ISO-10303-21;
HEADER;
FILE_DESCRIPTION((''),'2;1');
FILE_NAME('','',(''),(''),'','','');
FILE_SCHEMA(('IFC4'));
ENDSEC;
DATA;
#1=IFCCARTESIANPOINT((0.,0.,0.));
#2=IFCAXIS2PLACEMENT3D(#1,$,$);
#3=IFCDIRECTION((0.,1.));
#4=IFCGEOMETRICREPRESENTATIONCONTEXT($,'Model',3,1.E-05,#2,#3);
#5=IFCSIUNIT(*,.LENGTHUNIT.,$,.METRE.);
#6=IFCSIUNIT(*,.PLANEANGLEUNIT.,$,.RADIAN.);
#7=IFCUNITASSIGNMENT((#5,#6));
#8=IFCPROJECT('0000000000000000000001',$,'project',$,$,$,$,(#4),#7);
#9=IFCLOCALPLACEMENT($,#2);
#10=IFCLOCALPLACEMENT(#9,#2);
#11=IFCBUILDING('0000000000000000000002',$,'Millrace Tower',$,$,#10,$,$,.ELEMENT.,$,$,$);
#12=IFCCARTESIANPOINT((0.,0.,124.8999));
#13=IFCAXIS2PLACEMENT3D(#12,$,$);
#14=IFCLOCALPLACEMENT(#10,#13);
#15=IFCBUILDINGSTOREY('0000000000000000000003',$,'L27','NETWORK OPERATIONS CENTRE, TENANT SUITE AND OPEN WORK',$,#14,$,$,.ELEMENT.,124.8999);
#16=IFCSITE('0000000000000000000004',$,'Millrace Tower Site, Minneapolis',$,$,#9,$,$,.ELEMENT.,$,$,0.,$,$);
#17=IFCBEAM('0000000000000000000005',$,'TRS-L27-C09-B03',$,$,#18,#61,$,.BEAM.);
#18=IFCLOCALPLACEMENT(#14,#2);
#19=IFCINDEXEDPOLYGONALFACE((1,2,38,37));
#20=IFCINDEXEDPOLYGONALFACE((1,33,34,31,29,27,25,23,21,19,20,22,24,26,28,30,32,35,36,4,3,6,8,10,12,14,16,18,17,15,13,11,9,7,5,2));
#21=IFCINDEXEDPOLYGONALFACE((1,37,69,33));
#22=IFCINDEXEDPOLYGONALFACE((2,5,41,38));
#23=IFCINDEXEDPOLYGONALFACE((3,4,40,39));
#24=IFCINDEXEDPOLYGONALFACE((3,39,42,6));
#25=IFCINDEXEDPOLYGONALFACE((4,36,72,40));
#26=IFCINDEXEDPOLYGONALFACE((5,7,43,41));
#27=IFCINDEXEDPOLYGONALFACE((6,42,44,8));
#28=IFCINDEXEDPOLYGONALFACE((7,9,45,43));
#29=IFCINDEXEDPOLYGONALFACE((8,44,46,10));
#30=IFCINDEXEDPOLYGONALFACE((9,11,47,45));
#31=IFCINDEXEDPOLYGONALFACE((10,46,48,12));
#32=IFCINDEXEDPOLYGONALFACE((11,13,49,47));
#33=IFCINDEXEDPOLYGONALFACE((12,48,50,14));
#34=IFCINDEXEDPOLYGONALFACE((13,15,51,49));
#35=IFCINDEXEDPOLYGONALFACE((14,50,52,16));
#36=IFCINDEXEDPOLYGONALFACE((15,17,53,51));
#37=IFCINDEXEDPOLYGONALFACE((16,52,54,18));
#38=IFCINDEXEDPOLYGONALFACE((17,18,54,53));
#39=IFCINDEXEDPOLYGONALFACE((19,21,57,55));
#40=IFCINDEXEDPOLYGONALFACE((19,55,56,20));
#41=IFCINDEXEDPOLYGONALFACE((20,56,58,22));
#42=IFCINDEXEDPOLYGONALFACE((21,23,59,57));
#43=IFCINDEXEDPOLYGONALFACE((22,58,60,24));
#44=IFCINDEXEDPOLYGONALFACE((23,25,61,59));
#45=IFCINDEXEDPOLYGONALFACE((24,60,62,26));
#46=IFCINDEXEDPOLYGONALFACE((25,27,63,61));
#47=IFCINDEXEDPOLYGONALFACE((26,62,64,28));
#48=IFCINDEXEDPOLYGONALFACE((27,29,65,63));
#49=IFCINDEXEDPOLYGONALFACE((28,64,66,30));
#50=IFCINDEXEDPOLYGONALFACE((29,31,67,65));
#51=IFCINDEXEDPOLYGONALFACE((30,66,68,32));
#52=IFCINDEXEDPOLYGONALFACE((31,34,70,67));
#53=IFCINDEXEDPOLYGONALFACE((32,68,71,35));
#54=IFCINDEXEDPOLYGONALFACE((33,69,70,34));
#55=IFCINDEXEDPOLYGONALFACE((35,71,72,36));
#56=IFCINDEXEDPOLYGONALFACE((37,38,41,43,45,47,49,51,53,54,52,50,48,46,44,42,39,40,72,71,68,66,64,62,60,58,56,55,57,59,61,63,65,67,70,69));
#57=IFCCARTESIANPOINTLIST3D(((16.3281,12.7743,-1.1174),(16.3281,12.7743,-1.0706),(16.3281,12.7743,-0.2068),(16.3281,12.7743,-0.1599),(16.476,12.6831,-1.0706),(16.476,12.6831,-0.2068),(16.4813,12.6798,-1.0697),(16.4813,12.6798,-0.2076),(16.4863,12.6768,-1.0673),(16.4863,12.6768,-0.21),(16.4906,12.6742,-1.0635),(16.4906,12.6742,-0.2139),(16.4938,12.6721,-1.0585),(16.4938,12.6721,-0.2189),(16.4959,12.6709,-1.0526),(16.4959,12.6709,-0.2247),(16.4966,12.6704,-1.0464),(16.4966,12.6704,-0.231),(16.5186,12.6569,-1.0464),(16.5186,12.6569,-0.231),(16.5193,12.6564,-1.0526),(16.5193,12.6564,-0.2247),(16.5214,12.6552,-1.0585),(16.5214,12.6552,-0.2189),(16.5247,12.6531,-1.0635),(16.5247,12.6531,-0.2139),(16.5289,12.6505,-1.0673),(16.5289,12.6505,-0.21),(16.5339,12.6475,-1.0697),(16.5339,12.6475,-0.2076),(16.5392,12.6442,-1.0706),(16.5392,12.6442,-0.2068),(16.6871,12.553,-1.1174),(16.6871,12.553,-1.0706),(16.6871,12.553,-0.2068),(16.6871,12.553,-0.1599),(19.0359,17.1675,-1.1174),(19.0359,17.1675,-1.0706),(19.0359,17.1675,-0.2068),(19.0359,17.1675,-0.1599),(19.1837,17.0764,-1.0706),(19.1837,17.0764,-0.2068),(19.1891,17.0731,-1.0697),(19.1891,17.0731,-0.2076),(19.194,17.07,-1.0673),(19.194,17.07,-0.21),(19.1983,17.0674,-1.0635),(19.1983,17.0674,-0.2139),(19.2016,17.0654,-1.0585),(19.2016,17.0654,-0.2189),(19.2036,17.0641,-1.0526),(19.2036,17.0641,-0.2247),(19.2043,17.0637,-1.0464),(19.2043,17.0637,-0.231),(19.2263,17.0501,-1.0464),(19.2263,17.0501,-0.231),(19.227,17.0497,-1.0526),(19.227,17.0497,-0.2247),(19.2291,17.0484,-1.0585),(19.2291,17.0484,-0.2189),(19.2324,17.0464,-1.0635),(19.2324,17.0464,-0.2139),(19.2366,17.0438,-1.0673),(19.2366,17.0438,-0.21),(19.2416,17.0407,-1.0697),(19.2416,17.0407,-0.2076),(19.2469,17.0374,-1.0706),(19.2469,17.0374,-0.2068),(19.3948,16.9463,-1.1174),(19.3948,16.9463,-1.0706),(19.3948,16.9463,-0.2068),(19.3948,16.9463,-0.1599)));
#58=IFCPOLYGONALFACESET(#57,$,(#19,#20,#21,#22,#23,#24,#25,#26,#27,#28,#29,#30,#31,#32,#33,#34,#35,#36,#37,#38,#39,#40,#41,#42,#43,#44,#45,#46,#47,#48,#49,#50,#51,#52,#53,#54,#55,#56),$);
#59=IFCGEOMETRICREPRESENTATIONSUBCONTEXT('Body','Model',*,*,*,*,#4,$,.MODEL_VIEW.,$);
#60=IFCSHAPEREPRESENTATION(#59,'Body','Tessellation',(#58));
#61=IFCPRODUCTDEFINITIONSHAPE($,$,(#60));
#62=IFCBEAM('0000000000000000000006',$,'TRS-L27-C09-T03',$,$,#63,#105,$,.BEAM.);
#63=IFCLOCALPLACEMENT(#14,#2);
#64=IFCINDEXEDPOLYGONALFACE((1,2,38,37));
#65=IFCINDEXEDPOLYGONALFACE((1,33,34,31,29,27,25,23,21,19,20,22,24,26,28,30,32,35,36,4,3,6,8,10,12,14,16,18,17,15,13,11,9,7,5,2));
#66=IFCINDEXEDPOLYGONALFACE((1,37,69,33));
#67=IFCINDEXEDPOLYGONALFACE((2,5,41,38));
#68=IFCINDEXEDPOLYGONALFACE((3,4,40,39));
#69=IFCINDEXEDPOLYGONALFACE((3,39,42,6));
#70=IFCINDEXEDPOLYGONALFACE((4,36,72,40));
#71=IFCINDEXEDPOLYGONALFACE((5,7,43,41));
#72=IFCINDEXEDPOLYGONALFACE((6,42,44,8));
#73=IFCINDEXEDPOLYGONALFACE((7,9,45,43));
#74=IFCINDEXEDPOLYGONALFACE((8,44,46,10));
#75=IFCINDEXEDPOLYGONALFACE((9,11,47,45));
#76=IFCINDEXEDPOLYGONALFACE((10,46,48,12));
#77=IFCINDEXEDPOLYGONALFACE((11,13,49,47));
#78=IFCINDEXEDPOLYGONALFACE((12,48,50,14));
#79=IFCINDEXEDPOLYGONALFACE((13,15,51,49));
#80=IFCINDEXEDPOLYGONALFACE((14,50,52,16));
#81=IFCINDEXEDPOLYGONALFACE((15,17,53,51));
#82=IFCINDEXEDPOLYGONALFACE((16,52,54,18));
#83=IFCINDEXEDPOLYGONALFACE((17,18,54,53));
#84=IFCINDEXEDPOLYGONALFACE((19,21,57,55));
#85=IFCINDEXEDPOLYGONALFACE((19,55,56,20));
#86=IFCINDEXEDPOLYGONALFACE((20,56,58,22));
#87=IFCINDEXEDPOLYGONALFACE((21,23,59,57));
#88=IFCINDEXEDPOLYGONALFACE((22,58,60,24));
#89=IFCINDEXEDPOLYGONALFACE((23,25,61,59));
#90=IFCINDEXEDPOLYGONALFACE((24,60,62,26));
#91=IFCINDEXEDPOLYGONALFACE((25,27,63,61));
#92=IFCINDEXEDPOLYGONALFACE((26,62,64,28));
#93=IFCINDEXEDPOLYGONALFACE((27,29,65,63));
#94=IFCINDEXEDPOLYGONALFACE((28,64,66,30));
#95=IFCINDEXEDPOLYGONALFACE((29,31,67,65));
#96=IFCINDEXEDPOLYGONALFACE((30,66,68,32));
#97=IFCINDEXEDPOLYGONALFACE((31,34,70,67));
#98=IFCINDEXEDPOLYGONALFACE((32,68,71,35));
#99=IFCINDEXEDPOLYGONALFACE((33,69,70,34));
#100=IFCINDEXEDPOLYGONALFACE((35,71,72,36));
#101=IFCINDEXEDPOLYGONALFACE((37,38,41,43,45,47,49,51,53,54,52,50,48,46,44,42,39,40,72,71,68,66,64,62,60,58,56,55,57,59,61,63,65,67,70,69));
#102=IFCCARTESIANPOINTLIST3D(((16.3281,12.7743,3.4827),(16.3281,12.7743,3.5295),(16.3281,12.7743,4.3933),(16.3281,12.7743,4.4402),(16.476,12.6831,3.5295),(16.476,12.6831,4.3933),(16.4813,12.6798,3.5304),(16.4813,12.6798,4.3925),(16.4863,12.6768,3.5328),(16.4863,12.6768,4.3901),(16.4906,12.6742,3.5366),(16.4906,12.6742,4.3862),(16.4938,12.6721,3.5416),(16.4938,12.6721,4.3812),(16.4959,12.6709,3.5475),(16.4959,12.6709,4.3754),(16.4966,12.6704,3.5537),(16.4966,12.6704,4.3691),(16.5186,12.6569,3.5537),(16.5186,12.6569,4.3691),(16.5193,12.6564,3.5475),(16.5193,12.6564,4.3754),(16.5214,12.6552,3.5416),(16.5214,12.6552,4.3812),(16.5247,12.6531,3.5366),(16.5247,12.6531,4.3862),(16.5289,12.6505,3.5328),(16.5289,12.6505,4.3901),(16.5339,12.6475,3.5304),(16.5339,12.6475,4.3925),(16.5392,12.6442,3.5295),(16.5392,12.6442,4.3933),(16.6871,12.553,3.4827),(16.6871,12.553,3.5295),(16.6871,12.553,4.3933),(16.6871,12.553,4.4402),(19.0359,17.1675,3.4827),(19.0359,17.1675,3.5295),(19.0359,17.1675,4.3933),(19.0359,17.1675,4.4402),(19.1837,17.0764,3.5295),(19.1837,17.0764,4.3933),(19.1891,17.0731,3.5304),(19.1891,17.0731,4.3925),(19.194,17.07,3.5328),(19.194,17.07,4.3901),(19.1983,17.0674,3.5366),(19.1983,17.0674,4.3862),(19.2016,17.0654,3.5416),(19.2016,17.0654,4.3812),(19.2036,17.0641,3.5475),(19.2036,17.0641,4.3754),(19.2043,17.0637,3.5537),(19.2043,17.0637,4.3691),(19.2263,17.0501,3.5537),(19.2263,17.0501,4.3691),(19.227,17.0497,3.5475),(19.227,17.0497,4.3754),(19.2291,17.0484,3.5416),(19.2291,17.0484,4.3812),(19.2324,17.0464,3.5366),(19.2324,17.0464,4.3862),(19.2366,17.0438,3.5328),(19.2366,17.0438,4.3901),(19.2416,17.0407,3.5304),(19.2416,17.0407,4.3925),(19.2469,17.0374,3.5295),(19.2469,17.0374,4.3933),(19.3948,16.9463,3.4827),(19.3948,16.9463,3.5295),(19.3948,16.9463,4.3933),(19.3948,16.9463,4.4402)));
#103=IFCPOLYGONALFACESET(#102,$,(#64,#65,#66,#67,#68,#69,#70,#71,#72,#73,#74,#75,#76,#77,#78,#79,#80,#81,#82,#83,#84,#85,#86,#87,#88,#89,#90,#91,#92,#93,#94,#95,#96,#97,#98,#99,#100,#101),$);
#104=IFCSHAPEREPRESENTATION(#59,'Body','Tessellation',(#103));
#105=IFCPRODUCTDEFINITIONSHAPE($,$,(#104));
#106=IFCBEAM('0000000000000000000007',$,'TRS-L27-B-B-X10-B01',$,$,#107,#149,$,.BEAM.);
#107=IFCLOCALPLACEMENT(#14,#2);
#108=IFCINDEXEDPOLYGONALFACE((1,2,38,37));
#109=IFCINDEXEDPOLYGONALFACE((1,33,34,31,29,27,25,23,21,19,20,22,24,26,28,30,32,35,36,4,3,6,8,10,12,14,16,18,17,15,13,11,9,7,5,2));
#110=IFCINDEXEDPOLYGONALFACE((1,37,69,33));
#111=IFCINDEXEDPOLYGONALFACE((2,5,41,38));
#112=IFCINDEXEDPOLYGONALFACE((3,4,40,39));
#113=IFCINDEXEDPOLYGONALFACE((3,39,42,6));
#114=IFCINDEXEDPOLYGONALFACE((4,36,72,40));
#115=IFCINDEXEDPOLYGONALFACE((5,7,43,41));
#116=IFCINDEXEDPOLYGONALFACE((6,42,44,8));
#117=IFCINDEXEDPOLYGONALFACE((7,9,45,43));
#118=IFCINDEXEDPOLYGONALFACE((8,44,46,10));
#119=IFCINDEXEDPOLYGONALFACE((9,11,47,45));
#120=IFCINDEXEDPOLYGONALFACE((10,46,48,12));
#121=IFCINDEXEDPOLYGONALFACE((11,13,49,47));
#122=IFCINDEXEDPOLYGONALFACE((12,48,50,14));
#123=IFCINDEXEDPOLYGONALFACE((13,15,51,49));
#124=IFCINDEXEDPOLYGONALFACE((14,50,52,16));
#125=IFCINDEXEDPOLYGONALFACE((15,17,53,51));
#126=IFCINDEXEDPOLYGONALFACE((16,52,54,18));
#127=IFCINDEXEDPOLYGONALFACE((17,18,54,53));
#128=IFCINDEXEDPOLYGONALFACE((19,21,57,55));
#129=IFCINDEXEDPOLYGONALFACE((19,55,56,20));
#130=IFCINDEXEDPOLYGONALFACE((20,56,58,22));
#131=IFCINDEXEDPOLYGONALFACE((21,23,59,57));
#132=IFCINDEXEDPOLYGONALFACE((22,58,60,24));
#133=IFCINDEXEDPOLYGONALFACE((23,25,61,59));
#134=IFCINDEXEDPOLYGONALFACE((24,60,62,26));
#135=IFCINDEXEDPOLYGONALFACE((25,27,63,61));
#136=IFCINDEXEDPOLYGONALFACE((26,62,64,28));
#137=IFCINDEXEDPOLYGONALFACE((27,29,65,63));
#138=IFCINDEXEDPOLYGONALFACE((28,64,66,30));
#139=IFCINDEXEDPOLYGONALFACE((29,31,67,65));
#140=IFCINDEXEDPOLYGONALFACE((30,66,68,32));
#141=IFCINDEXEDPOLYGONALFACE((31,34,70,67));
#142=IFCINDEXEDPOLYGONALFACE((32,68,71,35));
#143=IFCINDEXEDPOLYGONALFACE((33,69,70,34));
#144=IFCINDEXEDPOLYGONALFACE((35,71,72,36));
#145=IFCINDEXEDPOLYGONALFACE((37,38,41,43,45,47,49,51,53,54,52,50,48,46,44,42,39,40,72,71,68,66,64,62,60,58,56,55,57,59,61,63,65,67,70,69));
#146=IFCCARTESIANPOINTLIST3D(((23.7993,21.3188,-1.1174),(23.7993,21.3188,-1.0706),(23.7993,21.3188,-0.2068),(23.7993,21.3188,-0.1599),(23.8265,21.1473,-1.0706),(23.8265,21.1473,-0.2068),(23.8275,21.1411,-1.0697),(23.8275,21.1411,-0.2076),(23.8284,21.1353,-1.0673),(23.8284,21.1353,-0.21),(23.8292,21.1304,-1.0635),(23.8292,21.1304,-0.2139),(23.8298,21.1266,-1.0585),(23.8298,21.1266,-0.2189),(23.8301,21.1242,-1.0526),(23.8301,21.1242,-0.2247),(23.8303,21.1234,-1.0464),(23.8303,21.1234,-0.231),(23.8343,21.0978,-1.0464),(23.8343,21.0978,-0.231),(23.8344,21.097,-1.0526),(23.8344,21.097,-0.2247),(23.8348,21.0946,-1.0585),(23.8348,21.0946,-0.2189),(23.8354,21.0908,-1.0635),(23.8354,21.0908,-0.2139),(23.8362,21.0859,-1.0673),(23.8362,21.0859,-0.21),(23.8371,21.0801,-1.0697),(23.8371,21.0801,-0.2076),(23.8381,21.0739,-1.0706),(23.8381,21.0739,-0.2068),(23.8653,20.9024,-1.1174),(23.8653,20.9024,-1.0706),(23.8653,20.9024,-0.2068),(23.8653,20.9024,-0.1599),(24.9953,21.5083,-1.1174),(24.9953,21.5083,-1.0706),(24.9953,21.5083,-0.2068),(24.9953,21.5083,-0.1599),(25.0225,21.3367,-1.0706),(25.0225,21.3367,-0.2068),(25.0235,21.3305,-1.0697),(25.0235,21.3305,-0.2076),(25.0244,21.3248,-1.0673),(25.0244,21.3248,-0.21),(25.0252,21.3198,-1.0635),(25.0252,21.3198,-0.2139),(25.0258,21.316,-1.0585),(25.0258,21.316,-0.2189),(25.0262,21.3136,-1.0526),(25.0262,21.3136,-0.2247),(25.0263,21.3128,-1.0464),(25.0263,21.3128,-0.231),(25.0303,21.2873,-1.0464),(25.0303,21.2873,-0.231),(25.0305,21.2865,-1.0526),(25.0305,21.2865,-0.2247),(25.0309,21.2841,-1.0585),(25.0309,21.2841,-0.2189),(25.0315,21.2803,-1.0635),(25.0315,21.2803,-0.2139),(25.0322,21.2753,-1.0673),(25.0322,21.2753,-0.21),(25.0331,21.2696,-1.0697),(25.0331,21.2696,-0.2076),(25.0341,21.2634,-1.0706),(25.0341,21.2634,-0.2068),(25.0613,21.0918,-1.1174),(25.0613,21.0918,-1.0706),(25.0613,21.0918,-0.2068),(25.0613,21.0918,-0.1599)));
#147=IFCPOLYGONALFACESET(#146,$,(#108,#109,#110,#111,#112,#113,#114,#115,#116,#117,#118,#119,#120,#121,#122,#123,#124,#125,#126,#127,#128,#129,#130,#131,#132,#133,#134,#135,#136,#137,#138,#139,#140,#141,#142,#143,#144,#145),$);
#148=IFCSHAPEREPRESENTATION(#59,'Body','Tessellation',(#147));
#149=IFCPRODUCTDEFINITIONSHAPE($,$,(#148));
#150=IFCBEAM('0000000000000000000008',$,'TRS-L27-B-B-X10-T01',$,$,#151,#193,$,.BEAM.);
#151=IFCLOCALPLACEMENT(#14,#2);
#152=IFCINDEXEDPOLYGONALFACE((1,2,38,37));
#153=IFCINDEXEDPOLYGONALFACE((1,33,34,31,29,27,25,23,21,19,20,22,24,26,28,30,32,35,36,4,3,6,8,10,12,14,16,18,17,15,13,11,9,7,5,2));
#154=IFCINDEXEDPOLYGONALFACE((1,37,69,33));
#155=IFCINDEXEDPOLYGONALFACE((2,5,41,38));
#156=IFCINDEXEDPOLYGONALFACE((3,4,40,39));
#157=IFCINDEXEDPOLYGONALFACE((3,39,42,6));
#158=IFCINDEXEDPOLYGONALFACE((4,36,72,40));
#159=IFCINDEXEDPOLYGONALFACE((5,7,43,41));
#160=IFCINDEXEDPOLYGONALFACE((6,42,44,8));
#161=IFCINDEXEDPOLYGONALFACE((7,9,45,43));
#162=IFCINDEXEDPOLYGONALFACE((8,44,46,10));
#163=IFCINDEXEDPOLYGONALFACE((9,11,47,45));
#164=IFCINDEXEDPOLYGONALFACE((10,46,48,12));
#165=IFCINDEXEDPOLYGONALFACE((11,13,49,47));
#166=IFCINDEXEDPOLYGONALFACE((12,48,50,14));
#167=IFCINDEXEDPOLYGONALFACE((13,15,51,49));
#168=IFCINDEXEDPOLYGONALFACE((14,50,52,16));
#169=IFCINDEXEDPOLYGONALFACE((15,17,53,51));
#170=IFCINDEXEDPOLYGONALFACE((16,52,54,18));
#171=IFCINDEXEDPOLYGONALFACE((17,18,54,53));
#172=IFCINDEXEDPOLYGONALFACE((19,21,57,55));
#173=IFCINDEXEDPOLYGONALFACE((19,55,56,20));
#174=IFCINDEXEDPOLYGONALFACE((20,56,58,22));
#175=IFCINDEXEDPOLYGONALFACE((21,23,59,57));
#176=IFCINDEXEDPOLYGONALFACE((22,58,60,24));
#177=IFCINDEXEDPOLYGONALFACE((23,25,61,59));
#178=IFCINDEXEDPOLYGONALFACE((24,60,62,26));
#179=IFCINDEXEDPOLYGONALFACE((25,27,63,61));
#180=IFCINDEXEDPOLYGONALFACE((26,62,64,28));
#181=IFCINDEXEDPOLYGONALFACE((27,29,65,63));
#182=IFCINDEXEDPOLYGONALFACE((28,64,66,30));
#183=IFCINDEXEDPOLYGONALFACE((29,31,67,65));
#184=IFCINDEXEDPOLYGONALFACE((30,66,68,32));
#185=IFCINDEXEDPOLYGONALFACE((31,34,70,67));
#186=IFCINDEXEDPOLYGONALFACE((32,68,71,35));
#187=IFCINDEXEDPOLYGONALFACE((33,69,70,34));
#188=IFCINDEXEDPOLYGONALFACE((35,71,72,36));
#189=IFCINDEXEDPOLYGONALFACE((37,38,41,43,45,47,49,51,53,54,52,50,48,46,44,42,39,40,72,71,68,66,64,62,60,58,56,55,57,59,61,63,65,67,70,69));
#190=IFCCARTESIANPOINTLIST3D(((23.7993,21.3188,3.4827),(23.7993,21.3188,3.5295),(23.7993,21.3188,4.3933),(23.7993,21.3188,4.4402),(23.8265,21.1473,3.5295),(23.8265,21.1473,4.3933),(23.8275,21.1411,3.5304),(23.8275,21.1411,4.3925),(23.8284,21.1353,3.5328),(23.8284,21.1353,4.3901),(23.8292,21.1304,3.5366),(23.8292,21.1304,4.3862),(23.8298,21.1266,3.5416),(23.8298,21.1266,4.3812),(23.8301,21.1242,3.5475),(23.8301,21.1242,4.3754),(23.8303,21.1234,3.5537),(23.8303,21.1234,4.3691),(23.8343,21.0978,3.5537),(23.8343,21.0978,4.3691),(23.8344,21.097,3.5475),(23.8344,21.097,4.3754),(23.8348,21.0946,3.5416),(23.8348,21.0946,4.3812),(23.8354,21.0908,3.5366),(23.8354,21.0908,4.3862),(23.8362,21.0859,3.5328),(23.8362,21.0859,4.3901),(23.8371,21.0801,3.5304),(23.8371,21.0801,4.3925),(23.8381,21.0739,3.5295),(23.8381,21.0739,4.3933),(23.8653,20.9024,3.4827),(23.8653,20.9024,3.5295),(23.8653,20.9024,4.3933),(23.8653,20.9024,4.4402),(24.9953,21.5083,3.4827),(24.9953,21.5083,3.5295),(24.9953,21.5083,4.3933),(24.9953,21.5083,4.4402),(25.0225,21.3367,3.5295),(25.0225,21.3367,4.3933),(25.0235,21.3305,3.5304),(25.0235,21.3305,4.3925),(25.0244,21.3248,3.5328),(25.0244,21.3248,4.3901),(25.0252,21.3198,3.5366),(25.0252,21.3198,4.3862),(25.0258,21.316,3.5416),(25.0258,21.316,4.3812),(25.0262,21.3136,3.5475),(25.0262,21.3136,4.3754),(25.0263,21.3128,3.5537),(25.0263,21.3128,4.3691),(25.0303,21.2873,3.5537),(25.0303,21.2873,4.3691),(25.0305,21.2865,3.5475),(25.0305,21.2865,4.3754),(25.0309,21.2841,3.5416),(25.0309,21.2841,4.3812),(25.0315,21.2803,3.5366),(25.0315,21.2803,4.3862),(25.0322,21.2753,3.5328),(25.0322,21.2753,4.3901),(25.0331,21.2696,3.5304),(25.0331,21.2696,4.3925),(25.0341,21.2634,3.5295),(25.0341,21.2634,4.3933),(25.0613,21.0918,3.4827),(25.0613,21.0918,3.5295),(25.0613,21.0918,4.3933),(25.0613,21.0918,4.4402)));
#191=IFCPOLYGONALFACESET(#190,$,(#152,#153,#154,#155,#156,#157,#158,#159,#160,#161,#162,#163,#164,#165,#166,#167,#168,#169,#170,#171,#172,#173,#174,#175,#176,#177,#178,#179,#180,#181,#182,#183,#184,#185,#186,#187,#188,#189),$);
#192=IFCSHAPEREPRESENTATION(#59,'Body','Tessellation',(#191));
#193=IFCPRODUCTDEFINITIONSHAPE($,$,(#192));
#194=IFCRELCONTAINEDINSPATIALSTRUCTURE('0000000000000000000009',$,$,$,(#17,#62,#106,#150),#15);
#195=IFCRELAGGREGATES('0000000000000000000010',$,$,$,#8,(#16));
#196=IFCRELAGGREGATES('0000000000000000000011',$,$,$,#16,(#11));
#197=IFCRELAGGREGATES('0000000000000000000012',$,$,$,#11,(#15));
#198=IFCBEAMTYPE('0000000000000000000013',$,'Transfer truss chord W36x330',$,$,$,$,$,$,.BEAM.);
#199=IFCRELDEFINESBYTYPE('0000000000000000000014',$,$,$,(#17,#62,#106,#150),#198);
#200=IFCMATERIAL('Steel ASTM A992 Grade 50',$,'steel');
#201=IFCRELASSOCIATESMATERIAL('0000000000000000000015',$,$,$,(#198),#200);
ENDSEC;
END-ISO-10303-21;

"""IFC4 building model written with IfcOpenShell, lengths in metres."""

from ifc_helpers import new_model, si_unit, direction, frame, origin, origin_2d, place, context, subcontext, project, spatial, i_section, extrude, material, material_profile, profile_set, type_object, element, save


model = new_model("IFC4")

# Units and contexts
model_context = context("Model", 3, precision=1e-05, world=origin(), true_north=direction((0.0, 1.0)))
body_context = subcontext(model_context, "Body", "Model", "MODEL_VIEW")
ifc_project = project(units=[si_unit("LENGTHUNIT", "METRE"), si_unit("PLANEANGLEUNIT", "RADIAN")], contexts=[model_context])

# Site, building, storey
site_placement = place(None, origin())
site = spatial("IfcSite", under=ifc_project, at=site_placement, Name="Millrace Tower Site, Minneapolis", CompositionType="ELEMENT", RefElevation=0.0)
building_placement = place(site_placement, origin())
building = spatial("IfcBuilding", under=site, at=building_placement, Name="Millrace Tower", CompositionType="ELEMENT")
storey_placement = place(building_placement, frame((0.0, 0.0, 124.8999)))
storey = spatial("IfcBuildingStorey", under=building, at=storey_placement, Name="L27", Description="NETWORK OPERATIONS CENTRE, TENANT SUITE AND OPEN WORK", CompositionType="ELEMENT", Elevation=124.8999)

# Beams
ifc_material_1 = material(Name="Steel ASTM A992 Grade 50", Category="steel")
ifc_material_profile_1 = material_profile(ifc_material_1, i_section(OverallWidth=0.4216, OverallDepth=0.9575, WebThickness=0.0259, FlangeThickness=0.0469, FilletRadius=0.0242, at=origin_2d()))
ifc_profile_set_1 = profile_set([ifc_material_profile_1], Name="Steel ASTM A992 Grade 50")
beam_type_1 = type_object("IfcBeamType", Name="Transfer truss chord W36x330", PredefinedType="BEAM", material=ifc_profile_set_1)
for number, where, z_axis, x_axis, name in (
    (1, (19.2153, 17.0569, -0.6387), (-0.524686, -0.851296, 0.0), (0.851296, -0.524686, 0.0), "TRS-L27-C09-B03"),
    (2, (19.2153, 17.0569, 3.9614), (-0.524686, -0.851296, 0.0), (0.851296, -0.524686, 0.0), "TRS-L27-C09-T03"),
):
    element("IfcBeam", number, at=place(storey_placement, frame(where, z_axis=z_axis, x_axis=x_axis)), inside=storey, type_object=beam_type_1, Name=name, PredefinedType="BEAM", context=body_context, shape_type="SweptSolid", body=[
        extrude(i_section(OverallWidth=0.4216, OverallDepth=0.9575, WebThickness=0.0259, FlangeThickness=0.0469, FilletRadius=0.0242, at=origin_2d()), origin(), (0.0, 0.0, 1.0), 5.1606),
    ])
for number, where, z_axis, x_axis, name in (
    (3, (25.0283, 21.3, -0.6387), (-0.987686, -0.156449, 0.0), (0.156449, -0.987686, 0.0), "TRS-L27-B-B-X10-B01"),
    (4, (25.0283, 21.3, 3.9614), (-0.987686, -0.156449, 0.0), (0.156449, -0.987686, 0.0), "TRS-L27-B-B-X10-T01"),
):
    element("IfcBeam", number, at=place(storey_placement, frame(where, z_axis=z_axis, x_axis=x_axis)), inside=storey, type_object=beam_type_1, Name=name, PredefinedType="BEAM", context=body_context, shape_type="SweptSolid", body=[
        extrude(i_section(OverallWidth=0.4216, OverallDepth=0.9575, WebThickness=0.0259, FlangeThickness=0.0469, FilletRadius=0.0242, at=origin_2d()), origin(), (0.0, 0.0, 1.0), 1.2109),
    ])

save(model, "model.ifc")
